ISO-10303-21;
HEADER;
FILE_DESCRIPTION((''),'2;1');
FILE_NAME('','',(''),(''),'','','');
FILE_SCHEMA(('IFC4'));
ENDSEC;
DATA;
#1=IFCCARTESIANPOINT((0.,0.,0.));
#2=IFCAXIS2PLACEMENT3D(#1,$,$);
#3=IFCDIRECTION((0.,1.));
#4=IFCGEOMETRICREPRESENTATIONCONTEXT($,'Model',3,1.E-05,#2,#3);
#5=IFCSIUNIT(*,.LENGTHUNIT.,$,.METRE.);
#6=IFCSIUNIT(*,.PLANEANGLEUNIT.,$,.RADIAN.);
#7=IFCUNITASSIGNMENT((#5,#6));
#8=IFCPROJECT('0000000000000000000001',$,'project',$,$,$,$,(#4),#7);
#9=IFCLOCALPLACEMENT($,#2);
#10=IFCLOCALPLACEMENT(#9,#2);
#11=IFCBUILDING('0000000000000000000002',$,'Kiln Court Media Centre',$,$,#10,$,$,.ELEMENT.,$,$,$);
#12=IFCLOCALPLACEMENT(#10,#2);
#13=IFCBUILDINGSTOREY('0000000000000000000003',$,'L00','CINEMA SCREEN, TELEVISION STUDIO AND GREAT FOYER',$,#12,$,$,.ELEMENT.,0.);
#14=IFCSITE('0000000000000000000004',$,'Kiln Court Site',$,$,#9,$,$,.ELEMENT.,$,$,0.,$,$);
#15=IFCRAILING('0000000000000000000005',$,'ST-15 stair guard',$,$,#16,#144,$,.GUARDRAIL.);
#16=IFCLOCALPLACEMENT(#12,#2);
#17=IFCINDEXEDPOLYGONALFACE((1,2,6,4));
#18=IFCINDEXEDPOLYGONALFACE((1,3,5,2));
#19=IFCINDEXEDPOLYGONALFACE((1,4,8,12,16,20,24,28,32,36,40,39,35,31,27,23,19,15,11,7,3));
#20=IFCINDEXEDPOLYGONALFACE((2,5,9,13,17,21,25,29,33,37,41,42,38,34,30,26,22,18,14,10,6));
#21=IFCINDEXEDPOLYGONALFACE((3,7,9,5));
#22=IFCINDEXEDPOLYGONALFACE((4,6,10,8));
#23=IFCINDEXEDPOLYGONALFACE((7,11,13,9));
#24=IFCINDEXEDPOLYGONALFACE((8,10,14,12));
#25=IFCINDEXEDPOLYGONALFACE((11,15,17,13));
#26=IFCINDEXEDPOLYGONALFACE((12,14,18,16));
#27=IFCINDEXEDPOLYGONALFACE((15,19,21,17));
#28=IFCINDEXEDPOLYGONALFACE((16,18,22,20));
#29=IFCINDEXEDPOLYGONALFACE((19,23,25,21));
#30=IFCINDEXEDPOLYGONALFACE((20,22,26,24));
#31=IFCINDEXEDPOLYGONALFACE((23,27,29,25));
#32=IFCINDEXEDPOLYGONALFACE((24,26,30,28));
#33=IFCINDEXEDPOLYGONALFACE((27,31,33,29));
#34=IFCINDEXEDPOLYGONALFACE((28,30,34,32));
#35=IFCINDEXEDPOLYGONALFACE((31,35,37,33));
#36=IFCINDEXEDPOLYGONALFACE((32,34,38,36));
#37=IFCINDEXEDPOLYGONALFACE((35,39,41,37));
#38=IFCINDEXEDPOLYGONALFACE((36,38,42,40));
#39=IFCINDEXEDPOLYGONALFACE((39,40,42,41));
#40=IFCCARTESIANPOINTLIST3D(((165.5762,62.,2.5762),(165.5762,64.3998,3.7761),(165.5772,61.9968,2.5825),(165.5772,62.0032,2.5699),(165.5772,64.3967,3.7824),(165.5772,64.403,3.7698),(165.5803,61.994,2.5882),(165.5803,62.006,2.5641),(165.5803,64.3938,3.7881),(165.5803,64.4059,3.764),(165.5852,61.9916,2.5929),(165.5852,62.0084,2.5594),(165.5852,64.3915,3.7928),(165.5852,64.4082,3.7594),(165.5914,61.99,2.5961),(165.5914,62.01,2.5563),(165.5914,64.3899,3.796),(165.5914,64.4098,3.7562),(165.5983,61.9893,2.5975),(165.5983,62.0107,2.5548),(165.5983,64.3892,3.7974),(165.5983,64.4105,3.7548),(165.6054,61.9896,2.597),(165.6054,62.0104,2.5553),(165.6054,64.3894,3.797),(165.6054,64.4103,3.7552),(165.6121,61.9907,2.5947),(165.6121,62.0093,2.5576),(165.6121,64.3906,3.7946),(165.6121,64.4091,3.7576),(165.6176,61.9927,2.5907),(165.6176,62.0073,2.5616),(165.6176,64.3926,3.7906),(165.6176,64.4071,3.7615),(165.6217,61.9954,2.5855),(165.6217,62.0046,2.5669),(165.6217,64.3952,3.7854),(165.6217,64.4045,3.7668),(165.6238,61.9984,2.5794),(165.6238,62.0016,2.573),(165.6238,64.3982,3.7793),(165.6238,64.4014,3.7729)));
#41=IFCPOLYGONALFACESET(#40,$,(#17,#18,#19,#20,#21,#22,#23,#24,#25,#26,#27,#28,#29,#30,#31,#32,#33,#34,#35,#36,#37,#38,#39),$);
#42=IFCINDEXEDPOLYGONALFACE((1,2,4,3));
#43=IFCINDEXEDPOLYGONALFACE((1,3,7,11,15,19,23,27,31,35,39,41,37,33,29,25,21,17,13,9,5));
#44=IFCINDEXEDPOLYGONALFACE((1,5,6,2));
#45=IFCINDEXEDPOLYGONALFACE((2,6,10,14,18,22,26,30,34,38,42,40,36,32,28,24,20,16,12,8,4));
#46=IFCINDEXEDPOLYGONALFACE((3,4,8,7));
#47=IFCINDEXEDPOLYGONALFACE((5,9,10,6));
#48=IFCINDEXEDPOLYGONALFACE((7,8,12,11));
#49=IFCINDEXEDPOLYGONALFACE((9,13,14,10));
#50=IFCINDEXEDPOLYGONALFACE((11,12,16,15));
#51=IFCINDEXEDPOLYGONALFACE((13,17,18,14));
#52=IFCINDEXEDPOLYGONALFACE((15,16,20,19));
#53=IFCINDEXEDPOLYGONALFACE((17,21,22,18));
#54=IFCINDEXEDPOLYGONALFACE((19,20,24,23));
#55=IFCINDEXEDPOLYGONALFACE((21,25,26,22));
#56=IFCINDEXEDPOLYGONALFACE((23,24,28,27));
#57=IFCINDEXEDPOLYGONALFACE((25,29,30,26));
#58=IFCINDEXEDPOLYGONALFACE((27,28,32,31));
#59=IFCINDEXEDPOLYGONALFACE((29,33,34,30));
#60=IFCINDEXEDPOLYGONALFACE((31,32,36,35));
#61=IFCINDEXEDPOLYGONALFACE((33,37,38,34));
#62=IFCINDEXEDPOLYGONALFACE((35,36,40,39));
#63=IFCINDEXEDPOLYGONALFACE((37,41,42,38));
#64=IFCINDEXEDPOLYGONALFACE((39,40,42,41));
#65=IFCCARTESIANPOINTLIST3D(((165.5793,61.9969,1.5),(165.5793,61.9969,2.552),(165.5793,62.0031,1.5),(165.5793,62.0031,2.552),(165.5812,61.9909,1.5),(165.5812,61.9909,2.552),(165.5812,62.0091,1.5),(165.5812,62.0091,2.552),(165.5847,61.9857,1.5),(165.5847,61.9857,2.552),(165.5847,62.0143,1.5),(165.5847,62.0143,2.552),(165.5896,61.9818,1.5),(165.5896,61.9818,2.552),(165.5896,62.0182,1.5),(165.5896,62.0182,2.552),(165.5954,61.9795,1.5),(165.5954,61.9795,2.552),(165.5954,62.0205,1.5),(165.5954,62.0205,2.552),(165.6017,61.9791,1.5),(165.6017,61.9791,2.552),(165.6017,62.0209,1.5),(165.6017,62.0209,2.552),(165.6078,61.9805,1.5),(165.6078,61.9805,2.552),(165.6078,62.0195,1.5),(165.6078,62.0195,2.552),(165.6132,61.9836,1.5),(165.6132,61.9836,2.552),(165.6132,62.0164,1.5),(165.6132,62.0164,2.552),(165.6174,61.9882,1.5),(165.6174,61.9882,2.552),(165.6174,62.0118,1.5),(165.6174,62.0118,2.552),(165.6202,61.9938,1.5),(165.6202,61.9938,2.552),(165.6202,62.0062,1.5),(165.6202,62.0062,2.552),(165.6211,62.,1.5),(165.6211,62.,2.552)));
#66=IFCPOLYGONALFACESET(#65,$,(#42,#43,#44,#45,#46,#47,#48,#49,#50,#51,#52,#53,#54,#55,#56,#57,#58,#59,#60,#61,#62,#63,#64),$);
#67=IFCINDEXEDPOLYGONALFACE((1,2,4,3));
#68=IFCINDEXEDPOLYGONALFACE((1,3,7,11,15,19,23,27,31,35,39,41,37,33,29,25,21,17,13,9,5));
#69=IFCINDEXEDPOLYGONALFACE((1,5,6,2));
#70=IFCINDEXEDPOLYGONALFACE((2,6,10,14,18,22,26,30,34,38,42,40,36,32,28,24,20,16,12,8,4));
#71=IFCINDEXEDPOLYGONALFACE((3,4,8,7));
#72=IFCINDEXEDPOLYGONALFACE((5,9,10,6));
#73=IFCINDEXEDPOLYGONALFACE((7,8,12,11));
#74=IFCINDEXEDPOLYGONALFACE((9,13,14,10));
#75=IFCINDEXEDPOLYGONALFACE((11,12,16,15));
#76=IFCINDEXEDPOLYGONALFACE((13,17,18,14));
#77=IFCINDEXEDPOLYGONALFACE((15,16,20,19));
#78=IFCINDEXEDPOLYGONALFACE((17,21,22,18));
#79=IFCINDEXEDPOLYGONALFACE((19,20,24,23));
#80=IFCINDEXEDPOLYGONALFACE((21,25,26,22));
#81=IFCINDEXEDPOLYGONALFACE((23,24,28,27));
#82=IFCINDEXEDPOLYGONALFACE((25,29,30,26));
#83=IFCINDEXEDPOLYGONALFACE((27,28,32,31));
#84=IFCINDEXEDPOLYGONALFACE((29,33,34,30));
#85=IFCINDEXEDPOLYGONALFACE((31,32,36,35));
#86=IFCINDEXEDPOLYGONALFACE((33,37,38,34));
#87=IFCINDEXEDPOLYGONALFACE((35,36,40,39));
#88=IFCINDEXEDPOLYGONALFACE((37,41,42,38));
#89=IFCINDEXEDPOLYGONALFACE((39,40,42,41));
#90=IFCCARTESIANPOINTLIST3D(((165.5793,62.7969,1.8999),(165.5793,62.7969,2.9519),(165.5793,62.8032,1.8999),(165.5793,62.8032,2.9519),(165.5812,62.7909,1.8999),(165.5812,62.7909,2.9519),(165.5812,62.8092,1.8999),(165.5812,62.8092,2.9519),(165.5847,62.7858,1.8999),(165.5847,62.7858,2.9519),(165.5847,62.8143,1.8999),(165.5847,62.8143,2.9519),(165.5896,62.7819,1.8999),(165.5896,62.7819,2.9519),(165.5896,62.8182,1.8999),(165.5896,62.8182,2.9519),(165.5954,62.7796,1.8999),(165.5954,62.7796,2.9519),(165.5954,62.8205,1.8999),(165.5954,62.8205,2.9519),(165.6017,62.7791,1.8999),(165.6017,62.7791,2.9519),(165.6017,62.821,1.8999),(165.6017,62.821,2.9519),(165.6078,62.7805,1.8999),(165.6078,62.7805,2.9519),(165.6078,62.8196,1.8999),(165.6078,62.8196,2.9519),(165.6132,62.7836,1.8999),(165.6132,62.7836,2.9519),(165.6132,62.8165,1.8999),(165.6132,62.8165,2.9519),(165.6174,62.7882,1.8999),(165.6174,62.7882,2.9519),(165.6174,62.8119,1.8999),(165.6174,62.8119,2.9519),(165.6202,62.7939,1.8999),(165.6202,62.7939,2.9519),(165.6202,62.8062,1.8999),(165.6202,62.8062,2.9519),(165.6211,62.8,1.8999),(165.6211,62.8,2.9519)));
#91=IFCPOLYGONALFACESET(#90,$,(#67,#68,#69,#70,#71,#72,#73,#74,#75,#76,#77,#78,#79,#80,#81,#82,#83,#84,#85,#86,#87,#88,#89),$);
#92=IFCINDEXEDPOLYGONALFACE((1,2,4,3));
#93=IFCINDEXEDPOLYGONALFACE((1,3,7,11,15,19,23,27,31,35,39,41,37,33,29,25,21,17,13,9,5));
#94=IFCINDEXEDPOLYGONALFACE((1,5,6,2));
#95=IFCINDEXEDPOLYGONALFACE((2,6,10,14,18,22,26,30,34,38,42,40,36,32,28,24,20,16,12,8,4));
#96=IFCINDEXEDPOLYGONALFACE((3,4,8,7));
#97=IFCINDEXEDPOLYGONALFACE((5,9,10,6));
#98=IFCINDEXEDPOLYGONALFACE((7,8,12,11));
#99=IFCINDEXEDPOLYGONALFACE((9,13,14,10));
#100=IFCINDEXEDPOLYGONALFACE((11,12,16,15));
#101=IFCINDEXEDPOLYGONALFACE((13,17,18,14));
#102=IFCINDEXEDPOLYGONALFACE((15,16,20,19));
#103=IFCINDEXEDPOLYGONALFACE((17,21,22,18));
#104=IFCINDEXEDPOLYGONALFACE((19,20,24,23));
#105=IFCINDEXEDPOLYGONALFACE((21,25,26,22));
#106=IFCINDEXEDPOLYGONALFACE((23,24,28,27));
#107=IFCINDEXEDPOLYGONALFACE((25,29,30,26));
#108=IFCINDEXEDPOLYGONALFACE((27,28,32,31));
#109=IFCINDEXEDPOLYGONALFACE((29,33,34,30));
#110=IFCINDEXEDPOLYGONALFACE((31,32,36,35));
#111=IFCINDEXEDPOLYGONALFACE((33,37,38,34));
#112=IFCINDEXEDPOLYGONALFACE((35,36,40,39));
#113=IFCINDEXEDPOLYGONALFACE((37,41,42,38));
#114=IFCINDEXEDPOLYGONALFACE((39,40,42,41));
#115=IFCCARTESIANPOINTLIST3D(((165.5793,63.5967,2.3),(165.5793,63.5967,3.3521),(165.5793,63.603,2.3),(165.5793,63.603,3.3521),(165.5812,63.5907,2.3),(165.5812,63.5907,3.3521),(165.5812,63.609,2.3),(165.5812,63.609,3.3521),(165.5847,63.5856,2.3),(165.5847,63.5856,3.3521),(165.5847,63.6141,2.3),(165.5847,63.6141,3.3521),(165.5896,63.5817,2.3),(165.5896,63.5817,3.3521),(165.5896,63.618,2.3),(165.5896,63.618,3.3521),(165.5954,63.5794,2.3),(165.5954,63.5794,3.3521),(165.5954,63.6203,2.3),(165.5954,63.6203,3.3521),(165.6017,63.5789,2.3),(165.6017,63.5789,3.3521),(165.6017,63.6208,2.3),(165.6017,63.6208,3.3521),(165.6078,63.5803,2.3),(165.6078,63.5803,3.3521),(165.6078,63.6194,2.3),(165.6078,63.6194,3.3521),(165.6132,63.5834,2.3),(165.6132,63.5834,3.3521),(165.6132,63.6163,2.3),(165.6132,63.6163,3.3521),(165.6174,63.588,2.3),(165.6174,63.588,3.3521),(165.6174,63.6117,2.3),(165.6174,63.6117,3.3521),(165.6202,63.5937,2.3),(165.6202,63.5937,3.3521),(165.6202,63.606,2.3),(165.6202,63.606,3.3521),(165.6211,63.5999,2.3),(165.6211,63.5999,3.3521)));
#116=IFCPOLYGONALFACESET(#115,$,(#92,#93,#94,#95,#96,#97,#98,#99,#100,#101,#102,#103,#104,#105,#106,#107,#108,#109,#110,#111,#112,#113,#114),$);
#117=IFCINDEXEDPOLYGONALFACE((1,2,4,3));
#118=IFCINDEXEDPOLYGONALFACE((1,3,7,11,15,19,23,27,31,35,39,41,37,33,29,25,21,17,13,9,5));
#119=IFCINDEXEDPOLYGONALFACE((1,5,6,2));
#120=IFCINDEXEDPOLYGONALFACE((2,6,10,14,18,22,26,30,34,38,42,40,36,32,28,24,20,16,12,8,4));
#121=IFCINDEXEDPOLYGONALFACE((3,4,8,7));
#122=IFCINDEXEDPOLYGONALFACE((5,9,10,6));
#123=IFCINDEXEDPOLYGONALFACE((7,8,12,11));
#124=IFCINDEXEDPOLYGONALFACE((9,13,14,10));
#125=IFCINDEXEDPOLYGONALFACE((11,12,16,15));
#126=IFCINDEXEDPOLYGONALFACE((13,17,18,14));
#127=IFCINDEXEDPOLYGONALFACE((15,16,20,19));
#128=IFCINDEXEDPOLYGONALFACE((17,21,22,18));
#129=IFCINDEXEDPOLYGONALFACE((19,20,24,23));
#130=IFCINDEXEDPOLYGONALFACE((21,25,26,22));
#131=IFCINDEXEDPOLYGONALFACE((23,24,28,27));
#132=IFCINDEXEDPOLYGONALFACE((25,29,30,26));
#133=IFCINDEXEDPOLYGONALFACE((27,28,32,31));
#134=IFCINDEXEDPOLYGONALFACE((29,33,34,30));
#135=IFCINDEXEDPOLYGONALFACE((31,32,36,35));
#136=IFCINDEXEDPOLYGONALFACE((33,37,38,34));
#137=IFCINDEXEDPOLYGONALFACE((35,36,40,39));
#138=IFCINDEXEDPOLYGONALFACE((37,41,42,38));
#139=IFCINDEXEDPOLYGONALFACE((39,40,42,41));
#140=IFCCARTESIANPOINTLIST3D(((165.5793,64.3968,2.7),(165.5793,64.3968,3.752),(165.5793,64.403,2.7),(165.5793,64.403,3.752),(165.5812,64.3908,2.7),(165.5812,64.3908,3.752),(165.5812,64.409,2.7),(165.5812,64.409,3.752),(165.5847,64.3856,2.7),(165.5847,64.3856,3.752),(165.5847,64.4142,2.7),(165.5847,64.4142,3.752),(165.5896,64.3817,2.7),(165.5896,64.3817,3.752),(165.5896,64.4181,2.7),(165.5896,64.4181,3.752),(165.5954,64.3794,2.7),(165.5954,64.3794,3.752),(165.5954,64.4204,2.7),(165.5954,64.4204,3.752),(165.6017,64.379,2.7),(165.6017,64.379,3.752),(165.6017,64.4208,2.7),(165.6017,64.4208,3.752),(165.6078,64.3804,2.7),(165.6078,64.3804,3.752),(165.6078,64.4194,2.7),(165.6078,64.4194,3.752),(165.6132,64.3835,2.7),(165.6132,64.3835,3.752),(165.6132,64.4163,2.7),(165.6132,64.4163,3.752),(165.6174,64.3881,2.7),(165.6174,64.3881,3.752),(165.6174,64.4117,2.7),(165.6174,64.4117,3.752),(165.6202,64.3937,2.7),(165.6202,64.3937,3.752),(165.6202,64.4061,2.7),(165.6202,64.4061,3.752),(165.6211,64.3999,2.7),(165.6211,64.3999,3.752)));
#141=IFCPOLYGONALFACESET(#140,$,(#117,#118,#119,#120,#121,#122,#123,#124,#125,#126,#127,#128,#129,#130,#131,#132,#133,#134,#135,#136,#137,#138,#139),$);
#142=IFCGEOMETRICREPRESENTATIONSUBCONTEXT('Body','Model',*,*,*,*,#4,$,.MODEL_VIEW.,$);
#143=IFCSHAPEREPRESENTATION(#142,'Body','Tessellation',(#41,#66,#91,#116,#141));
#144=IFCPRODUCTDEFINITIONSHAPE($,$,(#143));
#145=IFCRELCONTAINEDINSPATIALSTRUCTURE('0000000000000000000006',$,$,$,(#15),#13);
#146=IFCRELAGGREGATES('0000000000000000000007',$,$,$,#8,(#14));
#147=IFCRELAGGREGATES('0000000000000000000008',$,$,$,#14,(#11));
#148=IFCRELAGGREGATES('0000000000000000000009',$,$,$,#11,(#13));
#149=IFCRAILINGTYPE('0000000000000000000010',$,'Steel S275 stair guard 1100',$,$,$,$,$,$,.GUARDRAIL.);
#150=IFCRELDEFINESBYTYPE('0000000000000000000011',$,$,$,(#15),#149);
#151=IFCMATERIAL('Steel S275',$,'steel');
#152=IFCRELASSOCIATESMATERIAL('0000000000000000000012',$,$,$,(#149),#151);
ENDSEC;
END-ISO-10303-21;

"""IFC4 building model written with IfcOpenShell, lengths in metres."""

from ifc_helpers import new_model, si_unit, direction, frame, origin, origin_2d, place, context, subcontext, project, spatial, circle, extrude, material, type_object, element, save


model = new_model("IFC4")

# Units and contexts
model_context = context("Model", 3, precision=1e-05, world=origin(), true_north=direction((0.0, 1.0)))
body_context = subcontext(model_context, "Body", "Model", "MODEL_VIEW")
ifc_project = project(units=[si_unit("LENGTHUNIT", "METRE"), si_unit("PLANEANGLEUNIT", "RADIAN")], contexts=[model_context])

# Site, building, storey
site_placement = place(None, origin())
site = spatial("IfcSite", under=ifc_project, at=site_placement, Name="Kiln Court Site", CompositionType="ELEMENT", RefElevation=0.0)
building_placement = place(site_placement, origin())
building = spatial("IfcBuilding", under=site, at=building_placement, Name="Kiln Court Media Centre", CompositionType="ELEMENT")
storey_placement = place(building_placement, origin())
storey = spatial("IfcBuildingStorey", under=building, at=storey_placement, Name="L00", Description="CINEMA SCREEN, TELEVISION STUDIO AND GREAT FOYER", CompositionType="ELEMENT", Elevation=0.0)

# Railing
ifc_material_1 = material(Name="Steel S275", Category="steel")
railing_type_1 = type_object("IfcRailingType", Name="Steel S275 stair guard 1100", PredefinedType="GUARDRAIL", material=ifc_material_1)
railing_1_placement = place(storey_placement, frame((165.6001, 62.0, 1.5)))
element("IfcRailing", 1, at=railing_1_placement, inside=storey, type_object=railing_type_1, Name="ST-15 stair guard", PredefinedType="GUARDRAIL", context=body_context, shape_type="SweptSolid", body=[
    extrude(circle(Radius=0.0239, at=origin_2d()), frame((0.0, 0.0, 1.0762), z_axis=(0.0, 0.894427, 0.447214), x_axis=(-1.0, 0.0, 0.0)), (0.0, 0.0, 1.0), 2.6831),
    extrude(circle(Radius=0.021, at=origin_2d()), origin(), (0.0, 0.0, 1.0), 1.052),
    extrude(circle(Radius=0.021, at=origin_2d()), frame((0.0, 0.8, 0.3999)), (0.0, 0.0, 1.0), 1.052),
    extrude(circle(Radius=0.021, at=origin_2d()), frame((0.0, 1.5999, 0.8)), (0.0, 0.0, 1.0), 1.052),
    extrude(circle(Radius=0.021, at=origin_2d()), frame((0.0, 2.3999, 1.2)), (0.0, 0.0, 1.0), 1.052),
])

save(model, "model.ifc")
